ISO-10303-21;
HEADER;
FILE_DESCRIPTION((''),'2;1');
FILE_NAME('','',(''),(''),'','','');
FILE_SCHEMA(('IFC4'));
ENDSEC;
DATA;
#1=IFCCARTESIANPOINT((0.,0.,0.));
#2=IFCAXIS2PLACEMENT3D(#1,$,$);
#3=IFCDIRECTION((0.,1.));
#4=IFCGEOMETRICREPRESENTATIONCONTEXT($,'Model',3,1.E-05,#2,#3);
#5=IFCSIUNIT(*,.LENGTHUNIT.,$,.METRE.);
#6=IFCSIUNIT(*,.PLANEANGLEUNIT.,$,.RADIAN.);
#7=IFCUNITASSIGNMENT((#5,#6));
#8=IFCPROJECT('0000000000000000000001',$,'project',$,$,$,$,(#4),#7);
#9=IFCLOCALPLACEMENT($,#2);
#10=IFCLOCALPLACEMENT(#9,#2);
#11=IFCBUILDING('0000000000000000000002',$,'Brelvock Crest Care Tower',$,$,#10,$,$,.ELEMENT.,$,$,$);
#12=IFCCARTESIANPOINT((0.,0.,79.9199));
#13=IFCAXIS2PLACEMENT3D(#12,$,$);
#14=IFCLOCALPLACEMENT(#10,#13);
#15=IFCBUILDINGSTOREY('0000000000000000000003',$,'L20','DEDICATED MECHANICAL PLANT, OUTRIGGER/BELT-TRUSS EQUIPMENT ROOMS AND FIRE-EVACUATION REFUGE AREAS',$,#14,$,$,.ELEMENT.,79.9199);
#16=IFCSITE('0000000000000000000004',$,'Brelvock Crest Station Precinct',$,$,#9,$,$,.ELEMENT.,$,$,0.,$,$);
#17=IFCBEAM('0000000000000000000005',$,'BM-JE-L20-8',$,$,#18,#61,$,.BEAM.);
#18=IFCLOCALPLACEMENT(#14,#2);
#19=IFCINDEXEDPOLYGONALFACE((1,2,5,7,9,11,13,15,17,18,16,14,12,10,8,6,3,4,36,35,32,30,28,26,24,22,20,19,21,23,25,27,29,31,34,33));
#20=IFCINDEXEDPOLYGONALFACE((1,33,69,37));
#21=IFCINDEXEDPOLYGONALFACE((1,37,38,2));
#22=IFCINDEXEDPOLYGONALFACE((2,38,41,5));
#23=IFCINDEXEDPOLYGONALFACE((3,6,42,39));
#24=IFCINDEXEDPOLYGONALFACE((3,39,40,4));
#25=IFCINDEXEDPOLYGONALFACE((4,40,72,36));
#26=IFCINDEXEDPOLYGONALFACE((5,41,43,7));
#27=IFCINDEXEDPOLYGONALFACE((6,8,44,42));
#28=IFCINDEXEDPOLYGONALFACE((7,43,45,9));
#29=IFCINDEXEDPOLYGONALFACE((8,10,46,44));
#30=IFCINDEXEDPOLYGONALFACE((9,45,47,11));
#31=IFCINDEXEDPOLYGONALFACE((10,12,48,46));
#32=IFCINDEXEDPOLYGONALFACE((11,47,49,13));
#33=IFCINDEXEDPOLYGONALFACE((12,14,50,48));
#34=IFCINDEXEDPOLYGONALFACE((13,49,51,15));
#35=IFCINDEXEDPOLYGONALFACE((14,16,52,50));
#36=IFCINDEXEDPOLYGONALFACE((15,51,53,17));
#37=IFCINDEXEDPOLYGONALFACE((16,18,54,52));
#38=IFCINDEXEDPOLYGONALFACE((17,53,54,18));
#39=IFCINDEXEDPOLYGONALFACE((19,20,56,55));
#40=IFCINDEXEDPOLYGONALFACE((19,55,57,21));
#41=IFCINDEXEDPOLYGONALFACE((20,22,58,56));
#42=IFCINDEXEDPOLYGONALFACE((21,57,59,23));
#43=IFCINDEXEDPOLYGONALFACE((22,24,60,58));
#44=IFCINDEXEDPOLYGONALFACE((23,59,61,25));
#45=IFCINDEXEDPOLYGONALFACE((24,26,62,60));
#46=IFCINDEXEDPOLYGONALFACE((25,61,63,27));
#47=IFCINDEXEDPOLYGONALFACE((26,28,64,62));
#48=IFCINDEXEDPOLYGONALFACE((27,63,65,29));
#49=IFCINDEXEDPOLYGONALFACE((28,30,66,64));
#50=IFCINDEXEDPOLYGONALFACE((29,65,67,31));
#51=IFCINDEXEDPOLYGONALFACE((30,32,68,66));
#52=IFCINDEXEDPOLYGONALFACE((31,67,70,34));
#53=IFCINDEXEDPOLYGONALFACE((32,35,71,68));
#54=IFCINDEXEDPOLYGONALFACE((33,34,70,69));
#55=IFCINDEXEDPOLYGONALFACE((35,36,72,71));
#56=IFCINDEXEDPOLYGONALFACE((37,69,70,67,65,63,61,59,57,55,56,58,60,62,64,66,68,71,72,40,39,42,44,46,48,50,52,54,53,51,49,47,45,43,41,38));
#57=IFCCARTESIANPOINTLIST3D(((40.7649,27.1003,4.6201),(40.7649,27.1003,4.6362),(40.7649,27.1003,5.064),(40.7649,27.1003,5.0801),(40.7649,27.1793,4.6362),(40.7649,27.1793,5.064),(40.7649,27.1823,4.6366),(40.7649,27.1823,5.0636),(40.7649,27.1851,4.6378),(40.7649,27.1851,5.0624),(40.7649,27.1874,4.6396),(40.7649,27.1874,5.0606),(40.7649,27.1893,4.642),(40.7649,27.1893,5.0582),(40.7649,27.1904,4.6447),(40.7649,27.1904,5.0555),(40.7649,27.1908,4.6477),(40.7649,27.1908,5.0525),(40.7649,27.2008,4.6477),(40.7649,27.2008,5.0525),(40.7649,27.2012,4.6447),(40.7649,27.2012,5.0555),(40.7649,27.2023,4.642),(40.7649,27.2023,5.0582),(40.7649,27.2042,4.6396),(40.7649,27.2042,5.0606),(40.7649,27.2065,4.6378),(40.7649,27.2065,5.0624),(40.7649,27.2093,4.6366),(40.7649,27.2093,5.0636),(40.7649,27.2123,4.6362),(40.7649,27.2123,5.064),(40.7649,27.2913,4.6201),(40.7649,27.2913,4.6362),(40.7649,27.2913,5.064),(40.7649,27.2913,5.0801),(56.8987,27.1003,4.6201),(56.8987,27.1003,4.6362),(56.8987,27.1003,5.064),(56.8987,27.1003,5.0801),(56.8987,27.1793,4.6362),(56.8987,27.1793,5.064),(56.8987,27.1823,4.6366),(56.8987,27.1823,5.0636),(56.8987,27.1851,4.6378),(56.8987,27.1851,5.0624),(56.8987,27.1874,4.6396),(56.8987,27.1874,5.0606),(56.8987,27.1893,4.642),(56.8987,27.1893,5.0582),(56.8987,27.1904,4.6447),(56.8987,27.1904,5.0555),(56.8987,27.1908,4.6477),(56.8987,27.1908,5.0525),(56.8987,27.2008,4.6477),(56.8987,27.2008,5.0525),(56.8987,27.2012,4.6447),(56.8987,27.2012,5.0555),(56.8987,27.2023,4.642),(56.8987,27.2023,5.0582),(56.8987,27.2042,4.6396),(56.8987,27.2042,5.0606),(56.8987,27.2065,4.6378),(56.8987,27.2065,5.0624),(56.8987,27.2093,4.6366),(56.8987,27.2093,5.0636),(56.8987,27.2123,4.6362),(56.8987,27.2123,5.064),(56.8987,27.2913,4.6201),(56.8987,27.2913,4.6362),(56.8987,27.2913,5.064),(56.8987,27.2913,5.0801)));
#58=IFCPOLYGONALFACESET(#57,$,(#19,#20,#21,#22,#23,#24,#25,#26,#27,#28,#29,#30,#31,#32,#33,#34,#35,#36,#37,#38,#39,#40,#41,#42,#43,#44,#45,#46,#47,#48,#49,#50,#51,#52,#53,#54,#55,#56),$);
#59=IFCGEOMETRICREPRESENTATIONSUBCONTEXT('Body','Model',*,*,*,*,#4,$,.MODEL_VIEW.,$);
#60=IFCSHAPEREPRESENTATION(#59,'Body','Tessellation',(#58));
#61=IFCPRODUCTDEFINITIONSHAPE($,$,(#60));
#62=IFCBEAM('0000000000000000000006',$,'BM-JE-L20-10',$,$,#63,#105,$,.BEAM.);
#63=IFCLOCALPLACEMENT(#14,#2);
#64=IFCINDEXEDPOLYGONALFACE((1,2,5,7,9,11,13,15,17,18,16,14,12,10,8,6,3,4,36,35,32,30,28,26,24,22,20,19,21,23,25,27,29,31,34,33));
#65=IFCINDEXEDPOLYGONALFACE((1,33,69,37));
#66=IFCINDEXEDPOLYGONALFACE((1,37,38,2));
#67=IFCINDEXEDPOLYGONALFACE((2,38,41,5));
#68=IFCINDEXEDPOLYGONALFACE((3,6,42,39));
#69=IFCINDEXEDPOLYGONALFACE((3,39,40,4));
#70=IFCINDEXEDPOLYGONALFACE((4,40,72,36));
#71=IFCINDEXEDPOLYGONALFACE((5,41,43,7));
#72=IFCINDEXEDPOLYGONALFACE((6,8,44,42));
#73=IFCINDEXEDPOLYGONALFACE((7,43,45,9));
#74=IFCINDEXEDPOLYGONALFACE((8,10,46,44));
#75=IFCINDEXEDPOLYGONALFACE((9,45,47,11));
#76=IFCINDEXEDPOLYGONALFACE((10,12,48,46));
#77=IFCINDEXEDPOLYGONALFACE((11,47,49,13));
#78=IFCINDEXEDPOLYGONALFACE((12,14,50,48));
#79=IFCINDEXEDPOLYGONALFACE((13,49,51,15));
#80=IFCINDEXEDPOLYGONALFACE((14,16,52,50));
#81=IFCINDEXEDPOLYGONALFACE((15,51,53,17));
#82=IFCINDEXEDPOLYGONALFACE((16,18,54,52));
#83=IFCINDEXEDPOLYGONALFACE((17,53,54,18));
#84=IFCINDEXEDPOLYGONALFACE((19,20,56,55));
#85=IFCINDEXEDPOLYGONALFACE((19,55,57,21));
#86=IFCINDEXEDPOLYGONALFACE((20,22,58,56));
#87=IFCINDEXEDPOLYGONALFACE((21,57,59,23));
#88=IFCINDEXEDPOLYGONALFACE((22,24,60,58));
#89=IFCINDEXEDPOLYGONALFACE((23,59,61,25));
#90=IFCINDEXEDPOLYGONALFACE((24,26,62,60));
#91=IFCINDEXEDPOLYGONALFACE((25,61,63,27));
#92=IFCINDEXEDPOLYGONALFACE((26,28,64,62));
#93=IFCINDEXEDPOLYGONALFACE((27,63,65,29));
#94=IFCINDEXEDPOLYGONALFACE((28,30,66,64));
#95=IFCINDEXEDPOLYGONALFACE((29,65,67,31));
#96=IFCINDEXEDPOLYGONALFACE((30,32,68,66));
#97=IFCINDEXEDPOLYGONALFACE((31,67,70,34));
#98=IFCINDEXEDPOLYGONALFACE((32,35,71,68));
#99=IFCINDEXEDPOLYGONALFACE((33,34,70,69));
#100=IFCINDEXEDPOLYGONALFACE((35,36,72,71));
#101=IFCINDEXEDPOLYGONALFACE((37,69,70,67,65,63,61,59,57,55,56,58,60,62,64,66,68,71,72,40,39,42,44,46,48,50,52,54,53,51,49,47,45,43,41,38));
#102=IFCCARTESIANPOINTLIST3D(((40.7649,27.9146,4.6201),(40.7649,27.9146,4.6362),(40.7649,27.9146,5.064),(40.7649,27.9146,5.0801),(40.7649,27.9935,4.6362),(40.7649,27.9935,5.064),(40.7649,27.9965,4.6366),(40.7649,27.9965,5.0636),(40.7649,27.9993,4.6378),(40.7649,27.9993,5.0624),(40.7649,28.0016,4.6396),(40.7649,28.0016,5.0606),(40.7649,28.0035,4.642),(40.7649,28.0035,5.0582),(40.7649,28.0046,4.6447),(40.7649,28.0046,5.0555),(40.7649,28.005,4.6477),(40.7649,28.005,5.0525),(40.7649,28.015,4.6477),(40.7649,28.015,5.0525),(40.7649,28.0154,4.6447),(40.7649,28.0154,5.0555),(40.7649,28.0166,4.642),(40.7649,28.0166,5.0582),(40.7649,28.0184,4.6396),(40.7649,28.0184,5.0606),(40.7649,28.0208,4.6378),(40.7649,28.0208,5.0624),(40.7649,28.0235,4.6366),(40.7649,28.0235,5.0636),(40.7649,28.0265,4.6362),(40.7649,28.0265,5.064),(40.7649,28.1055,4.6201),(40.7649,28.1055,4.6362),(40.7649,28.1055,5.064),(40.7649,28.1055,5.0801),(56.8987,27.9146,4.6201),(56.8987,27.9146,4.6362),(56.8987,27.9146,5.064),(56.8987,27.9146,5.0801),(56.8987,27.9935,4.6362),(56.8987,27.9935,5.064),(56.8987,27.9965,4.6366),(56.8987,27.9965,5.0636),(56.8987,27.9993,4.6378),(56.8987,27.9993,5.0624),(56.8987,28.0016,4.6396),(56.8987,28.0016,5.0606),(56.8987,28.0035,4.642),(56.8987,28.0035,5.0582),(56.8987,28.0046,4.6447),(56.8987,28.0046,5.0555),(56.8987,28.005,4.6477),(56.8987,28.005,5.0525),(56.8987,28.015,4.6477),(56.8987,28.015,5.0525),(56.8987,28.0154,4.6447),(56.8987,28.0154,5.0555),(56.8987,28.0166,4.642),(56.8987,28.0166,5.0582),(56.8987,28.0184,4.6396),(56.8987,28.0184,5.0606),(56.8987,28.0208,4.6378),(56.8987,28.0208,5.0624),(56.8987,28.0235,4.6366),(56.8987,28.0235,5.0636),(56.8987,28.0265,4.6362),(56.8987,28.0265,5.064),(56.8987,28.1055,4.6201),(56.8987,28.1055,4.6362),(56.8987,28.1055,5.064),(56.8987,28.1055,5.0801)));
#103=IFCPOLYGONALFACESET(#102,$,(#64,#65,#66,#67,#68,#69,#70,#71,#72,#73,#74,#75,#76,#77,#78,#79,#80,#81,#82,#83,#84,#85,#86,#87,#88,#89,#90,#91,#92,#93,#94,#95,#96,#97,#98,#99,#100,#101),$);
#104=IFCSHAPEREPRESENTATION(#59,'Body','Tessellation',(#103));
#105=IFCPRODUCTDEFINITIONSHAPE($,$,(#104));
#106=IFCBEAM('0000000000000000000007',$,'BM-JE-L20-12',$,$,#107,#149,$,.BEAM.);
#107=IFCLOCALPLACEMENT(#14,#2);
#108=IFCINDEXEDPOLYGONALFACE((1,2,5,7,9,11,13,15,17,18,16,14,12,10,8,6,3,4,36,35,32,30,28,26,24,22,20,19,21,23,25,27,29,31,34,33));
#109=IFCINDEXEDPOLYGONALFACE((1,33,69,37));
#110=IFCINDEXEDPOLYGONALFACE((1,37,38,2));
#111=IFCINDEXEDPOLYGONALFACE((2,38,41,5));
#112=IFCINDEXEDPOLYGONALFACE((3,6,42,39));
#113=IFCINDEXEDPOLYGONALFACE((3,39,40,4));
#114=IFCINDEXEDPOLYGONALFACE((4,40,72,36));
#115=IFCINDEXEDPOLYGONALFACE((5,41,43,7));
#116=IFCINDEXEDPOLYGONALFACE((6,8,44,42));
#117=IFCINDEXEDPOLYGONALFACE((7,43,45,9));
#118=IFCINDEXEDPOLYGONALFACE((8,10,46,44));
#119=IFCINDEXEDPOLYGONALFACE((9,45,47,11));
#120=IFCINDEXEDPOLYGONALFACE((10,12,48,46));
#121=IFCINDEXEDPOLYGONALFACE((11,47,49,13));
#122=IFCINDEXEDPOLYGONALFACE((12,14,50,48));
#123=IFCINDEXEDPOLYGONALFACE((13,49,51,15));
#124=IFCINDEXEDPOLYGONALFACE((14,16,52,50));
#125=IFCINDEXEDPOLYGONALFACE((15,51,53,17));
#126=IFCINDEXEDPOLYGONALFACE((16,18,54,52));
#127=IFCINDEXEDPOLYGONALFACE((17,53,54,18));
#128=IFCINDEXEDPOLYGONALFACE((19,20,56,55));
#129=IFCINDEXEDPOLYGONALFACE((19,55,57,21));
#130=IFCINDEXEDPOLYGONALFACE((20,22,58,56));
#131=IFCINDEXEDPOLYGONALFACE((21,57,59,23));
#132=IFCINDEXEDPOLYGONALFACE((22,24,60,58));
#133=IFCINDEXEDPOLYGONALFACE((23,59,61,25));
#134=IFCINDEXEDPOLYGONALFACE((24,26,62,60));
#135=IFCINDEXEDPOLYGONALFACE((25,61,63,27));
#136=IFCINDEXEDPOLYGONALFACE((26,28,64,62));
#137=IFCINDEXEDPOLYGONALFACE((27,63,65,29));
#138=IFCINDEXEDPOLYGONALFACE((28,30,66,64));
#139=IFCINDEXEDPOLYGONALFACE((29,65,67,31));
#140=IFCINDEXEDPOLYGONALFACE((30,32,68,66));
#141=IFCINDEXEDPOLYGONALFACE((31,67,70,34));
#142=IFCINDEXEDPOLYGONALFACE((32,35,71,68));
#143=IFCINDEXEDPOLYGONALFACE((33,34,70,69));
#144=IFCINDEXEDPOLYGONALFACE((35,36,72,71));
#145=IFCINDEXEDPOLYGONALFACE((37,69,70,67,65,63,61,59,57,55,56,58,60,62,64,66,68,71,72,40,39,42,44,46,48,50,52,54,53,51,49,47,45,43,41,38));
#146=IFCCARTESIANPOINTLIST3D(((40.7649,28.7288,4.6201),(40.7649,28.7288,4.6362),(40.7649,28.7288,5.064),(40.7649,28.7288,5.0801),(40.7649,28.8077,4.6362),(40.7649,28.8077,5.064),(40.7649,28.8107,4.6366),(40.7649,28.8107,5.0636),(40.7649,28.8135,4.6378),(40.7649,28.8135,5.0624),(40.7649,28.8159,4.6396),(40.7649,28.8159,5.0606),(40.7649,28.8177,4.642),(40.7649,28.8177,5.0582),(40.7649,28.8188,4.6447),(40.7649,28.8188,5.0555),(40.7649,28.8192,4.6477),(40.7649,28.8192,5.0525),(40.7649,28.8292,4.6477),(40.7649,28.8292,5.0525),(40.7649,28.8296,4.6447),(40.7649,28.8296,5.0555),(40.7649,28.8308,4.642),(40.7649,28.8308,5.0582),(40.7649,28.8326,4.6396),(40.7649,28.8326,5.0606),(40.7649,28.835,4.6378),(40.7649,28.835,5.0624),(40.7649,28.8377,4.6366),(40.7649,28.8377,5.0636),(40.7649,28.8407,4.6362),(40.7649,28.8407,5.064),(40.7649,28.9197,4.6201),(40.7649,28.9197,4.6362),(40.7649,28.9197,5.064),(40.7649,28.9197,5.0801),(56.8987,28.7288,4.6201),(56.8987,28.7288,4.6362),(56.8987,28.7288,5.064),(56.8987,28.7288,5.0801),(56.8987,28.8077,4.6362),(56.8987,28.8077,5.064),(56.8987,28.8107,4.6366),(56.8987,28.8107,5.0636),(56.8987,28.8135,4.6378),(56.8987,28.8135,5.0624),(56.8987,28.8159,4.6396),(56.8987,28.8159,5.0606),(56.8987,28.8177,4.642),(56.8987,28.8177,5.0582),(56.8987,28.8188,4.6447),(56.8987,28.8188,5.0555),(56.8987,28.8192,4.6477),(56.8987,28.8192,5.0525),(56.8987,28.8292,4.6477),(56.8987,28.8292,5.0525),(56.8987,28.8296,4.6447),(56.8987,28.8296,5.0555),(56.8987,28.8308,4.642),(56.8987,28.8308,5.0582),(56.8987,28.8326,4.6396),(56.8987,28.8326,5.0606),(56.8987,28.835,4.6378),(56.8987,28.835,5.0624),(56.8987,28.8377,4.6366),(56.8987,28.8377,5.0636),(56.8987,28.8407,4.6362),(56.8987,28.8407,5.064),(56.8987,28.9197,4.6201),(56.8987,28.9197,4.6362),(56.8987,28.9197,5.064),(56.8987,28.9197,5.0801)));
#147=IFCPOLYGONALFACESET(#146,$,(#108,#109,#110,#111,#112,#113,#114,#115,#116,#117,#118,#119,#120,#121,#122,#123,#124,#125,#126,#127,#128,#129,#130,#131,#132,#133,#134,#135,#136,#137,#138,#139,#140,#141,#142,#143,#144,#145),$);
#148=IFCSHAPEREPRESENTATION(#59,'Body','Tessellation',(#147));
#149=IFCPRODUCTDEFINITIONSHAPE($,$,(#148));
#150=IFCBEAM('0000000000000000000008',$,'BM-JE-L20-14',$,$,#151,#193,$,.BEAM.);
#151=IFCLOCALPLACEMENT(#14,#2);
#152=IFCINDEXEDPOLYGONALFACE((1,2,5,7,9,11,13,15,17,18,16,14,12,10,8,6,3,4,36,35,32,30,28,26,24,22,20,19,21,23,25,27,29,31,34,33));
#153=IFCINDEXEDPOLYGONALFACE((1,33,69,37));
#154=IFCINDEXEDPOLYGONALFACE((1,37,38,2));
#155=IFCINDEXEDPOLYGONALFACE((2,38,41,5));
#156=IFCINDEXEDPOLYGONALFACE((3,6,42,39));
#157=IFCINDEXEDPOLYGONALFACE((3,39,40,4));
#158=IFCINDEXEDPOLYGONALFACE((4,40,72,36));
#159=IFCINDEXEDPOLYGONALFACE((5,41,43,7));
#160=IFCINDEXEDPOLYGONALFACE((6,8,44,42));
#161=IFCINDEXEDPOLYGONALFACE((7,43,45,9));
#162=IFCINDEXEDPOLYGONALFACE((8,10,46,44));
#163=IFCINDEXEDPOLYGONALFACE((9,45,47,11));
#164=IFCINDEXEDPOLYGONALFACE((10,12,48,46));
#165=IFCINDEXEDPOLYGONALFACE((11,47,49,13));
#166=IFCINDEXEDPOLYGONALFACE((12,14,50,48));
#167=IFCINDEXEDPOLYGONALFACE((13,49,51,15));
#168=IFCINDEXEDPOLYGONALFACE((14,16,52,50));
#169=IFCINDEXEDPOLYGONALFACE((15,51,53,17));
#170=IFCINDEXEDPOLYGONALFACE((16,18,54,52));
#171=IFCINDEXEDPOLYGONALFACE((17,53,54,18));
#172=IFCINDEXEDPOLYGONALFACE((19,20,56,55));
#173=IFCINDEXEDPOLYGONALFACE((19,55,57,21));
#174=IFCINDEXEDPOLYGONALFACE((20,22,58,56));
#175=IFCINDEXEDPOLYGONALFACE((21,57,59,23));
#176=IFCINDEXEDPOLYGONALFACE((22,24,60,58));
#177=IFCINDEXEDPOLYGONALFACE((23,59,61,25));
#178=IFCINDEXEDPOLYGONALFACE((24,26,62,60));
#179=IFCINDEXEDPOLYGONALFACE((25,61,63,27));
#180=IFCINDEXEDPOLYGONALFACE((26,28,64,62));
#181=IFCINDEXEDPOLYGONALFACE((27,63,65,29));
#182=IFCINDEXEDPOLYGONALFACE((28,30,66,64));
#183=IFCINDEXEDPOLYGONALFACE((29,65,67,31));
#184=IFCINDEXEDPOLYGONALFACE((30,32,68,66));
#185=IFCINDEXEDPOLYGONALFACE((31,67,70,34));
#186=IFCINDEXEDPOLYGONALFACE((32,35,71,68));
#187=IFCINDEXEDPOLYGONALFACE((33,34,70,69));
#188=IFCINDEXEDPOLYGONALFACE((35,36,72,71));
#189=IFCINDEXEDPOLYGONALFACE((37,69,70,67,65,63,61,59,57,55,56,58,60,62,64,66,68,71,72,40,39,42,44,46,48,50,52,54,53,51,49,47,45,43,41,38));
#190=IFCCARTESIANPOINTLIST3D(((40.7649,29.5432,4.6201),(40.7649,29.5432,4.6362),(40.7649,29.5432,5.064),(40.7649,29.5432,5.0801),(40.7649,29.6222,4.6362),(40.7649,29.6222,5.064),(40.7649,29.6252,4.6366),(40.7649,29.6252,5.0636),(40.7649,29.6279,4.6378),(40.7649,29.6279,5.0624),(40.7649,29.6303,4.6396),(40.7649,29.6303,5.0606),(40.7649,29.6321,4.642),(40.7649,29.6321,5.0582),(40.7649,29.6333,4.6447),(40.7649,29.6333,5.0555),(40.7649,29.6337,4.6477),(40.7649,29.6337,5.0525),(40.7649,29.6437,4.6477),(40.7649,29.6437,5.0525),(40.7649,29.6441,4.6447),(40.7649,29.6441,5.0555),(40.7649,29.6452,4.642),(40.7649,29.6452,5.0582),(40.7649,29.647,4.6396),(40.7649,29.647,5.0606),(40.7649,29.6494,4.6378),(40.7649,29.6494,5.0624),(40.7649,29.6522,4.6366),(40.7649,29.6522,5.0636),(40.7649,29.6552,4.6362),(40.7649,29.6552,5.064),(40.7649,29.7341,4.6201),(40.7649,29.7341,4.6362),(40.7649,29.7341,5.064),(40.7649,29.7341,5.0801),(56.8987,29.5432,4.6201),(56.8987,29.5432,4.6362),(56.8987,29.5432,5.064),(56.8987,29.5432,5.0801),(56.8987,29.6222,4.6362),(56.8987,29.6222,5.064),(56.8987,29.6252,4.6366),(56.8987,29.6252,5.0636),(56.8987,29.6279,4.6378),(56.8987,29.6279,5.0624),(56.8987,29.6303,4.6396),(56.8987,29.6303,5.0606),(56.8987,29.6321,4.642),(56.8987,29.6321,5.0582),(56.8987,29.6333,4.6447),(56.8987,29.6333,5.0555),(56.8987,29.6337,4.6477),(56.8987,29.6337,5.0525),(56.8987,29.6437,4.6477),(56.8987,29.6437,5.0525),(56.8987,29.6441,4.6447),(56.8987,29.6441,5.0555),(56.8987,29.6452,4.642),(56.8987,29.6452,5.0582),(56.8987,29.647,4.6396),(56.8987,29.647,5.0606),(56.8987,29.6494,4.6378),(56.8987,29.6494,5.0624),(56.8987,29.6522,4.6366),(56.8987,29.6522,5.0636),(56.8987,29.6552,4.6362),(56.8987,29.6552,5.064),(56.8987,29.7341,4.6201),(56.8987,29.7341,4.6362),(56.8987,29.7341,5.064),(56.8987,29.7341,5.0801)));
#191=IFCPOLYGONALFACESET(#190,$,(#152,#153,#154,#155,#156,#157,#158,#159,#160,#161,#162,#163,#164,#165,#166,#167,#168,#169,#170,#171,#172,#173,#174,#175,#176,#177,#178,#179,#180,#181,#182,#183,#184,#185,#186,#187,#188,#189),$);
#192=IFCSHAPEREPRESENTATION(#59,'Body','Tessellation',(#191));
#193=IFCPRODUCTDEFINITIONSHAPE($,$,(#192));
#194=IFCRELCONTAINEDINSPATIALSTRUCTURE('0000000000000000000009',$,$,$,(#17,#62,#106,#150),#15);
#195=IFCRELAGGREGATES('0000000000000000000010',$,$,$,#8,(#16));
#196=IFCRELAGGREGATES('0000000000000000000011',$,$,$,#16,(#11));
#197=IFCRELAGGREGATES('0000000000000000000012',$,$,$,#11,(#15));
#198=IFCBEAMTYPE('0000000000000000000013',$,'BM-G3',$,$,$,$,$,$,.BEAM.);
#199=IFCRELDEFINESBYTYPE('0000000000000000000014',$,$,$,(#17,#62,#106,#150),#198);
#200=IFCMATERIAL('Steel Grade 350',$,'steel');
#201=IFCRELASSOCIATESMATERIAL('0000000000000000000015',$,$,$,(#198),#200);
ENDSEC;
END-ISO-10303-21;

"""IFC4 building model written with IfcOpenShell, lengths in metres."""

from ifc_helpers import new_model, si_unit, direction, frame, origin, origin_2d, place, context, subcontext, project, spatial, i_section, extrude, source, transform, mapped, material, material_profile, profile_set, type_object, element, save


model = new_model("IFC4")

# Units and contexts
model_context = context("Model", 3, precision=1e-05, world=origin(), true_north=direction((0.0, 1.0)))
body_context = subcontext(model_context, "Body", "Model", "MODEL_VIEW")
ifc_project = project(units=[si_unit("LENGTHUNIT", "METRE"), si_unit("PLANEANGLEUNIT", "RADIAN")], contexts=[model_context])

# Site, building, storey
site_placement = place(None, origin())
site = spatial("IfcSite", under=ifc_project, at=site_placement, Name="Brelvock Crest Station Precinct", CompositionType="ELEMENT", RefElevation=0.0)
building_placement = place(site_placement, origin())
building = spatial("IfcBuilding", under=site, at=building_placement, Name="Brelvock Crest Care Tower", CompositionType="ELEMENT")
storey_placement = place(building_placement, frame((0.0, 0.0, 79.9199)))
storey = spatial("IfcBuildingStorey", under=building, at=storey_placement, Name="L20", Description="DEDICATED MECHANICAL PLANT, OUTRIGGER/BELT-TRUSS EQUIPMENT ROOMS AND FIRE-EVACUATION REFUGE AREAS", CompositionType="ELEMENT", Elevation=79.9199)

# Beams
ifc_material_1 = material(Name="Steel Grade 350", Category="steel")
ifc_material_profile_1 = material_profile(ifc_material_1, i_section(OverallWidth=0.1909, OverallDepth=0.46, WebThickness=0.01, FlangeThickness=0.0161, FilletRadius=0.0115, at=origin_2d()), Name="460UB82.1")
ifc_profile_set_1 = profile_set([ifc_material_profile_1], Name="Steel Grade 350")
beam_type_1 = type_object("IfcBeamType", Name="BM-G3", PredefinedType="BEAM", material=ifc_profile_set_1)
shared_shape_1 = source(origin(), body_context, "Body", "SweptSolid", [
    extrude(i_section(OverallWidth=0.1909, OverallDepth=0.46, WebThickness=0.01, FlangeThickness=0.0161, FilletRadius=0.0115, at=origin_2d()), origin(), (0.0, 0.0, 1.0), 16.1338),
])
for number, where, z_axis, x_axis, name in (
    (1, (40.7649, 27.1958, 4.8501), (1.0, 0.0, 0.0), (0.0, 1.0, 0.0), "BM-JE-L20-8"),
    (2, (40.7649, 28.01, 4.8501), (1.0, 0.0, 0.0), (0.0, 1.0, 0.0), "BM-JE-L20-10"),
    (3, (40.7649, 28.8242, 4.8501), (1.0, 0.0, 0.0), (0.0, 1.0, 0.0), "BM-JE-L20-12"),
    (4, (40.7649, 29.6387, 4.8501), (1.0, 0.0, 0.0), (0.0, 1.0, 0.0), "BM-JE-L20-14"),
):
    element("IfcBeam", number, at=place(storey_placement, frame(where, z_axis=z_axis, x_axis=x_axis)), inside=storey, type_object=beam_type_1, Name=name, PredefinedType="BEAM", context=body_context, shape_type="MappedRepresentation", body=[
        mapped(shared_shape_1, transform((0.0, 0.0, 0.0), x_axis=(1.0, 0.0, 0.0), y_axis=(0.0, 1.0, 0.0), z_axis=(0.0, 0.0, 1.0), scale=1.0)),
    ])

save(model, "model.ifc")
